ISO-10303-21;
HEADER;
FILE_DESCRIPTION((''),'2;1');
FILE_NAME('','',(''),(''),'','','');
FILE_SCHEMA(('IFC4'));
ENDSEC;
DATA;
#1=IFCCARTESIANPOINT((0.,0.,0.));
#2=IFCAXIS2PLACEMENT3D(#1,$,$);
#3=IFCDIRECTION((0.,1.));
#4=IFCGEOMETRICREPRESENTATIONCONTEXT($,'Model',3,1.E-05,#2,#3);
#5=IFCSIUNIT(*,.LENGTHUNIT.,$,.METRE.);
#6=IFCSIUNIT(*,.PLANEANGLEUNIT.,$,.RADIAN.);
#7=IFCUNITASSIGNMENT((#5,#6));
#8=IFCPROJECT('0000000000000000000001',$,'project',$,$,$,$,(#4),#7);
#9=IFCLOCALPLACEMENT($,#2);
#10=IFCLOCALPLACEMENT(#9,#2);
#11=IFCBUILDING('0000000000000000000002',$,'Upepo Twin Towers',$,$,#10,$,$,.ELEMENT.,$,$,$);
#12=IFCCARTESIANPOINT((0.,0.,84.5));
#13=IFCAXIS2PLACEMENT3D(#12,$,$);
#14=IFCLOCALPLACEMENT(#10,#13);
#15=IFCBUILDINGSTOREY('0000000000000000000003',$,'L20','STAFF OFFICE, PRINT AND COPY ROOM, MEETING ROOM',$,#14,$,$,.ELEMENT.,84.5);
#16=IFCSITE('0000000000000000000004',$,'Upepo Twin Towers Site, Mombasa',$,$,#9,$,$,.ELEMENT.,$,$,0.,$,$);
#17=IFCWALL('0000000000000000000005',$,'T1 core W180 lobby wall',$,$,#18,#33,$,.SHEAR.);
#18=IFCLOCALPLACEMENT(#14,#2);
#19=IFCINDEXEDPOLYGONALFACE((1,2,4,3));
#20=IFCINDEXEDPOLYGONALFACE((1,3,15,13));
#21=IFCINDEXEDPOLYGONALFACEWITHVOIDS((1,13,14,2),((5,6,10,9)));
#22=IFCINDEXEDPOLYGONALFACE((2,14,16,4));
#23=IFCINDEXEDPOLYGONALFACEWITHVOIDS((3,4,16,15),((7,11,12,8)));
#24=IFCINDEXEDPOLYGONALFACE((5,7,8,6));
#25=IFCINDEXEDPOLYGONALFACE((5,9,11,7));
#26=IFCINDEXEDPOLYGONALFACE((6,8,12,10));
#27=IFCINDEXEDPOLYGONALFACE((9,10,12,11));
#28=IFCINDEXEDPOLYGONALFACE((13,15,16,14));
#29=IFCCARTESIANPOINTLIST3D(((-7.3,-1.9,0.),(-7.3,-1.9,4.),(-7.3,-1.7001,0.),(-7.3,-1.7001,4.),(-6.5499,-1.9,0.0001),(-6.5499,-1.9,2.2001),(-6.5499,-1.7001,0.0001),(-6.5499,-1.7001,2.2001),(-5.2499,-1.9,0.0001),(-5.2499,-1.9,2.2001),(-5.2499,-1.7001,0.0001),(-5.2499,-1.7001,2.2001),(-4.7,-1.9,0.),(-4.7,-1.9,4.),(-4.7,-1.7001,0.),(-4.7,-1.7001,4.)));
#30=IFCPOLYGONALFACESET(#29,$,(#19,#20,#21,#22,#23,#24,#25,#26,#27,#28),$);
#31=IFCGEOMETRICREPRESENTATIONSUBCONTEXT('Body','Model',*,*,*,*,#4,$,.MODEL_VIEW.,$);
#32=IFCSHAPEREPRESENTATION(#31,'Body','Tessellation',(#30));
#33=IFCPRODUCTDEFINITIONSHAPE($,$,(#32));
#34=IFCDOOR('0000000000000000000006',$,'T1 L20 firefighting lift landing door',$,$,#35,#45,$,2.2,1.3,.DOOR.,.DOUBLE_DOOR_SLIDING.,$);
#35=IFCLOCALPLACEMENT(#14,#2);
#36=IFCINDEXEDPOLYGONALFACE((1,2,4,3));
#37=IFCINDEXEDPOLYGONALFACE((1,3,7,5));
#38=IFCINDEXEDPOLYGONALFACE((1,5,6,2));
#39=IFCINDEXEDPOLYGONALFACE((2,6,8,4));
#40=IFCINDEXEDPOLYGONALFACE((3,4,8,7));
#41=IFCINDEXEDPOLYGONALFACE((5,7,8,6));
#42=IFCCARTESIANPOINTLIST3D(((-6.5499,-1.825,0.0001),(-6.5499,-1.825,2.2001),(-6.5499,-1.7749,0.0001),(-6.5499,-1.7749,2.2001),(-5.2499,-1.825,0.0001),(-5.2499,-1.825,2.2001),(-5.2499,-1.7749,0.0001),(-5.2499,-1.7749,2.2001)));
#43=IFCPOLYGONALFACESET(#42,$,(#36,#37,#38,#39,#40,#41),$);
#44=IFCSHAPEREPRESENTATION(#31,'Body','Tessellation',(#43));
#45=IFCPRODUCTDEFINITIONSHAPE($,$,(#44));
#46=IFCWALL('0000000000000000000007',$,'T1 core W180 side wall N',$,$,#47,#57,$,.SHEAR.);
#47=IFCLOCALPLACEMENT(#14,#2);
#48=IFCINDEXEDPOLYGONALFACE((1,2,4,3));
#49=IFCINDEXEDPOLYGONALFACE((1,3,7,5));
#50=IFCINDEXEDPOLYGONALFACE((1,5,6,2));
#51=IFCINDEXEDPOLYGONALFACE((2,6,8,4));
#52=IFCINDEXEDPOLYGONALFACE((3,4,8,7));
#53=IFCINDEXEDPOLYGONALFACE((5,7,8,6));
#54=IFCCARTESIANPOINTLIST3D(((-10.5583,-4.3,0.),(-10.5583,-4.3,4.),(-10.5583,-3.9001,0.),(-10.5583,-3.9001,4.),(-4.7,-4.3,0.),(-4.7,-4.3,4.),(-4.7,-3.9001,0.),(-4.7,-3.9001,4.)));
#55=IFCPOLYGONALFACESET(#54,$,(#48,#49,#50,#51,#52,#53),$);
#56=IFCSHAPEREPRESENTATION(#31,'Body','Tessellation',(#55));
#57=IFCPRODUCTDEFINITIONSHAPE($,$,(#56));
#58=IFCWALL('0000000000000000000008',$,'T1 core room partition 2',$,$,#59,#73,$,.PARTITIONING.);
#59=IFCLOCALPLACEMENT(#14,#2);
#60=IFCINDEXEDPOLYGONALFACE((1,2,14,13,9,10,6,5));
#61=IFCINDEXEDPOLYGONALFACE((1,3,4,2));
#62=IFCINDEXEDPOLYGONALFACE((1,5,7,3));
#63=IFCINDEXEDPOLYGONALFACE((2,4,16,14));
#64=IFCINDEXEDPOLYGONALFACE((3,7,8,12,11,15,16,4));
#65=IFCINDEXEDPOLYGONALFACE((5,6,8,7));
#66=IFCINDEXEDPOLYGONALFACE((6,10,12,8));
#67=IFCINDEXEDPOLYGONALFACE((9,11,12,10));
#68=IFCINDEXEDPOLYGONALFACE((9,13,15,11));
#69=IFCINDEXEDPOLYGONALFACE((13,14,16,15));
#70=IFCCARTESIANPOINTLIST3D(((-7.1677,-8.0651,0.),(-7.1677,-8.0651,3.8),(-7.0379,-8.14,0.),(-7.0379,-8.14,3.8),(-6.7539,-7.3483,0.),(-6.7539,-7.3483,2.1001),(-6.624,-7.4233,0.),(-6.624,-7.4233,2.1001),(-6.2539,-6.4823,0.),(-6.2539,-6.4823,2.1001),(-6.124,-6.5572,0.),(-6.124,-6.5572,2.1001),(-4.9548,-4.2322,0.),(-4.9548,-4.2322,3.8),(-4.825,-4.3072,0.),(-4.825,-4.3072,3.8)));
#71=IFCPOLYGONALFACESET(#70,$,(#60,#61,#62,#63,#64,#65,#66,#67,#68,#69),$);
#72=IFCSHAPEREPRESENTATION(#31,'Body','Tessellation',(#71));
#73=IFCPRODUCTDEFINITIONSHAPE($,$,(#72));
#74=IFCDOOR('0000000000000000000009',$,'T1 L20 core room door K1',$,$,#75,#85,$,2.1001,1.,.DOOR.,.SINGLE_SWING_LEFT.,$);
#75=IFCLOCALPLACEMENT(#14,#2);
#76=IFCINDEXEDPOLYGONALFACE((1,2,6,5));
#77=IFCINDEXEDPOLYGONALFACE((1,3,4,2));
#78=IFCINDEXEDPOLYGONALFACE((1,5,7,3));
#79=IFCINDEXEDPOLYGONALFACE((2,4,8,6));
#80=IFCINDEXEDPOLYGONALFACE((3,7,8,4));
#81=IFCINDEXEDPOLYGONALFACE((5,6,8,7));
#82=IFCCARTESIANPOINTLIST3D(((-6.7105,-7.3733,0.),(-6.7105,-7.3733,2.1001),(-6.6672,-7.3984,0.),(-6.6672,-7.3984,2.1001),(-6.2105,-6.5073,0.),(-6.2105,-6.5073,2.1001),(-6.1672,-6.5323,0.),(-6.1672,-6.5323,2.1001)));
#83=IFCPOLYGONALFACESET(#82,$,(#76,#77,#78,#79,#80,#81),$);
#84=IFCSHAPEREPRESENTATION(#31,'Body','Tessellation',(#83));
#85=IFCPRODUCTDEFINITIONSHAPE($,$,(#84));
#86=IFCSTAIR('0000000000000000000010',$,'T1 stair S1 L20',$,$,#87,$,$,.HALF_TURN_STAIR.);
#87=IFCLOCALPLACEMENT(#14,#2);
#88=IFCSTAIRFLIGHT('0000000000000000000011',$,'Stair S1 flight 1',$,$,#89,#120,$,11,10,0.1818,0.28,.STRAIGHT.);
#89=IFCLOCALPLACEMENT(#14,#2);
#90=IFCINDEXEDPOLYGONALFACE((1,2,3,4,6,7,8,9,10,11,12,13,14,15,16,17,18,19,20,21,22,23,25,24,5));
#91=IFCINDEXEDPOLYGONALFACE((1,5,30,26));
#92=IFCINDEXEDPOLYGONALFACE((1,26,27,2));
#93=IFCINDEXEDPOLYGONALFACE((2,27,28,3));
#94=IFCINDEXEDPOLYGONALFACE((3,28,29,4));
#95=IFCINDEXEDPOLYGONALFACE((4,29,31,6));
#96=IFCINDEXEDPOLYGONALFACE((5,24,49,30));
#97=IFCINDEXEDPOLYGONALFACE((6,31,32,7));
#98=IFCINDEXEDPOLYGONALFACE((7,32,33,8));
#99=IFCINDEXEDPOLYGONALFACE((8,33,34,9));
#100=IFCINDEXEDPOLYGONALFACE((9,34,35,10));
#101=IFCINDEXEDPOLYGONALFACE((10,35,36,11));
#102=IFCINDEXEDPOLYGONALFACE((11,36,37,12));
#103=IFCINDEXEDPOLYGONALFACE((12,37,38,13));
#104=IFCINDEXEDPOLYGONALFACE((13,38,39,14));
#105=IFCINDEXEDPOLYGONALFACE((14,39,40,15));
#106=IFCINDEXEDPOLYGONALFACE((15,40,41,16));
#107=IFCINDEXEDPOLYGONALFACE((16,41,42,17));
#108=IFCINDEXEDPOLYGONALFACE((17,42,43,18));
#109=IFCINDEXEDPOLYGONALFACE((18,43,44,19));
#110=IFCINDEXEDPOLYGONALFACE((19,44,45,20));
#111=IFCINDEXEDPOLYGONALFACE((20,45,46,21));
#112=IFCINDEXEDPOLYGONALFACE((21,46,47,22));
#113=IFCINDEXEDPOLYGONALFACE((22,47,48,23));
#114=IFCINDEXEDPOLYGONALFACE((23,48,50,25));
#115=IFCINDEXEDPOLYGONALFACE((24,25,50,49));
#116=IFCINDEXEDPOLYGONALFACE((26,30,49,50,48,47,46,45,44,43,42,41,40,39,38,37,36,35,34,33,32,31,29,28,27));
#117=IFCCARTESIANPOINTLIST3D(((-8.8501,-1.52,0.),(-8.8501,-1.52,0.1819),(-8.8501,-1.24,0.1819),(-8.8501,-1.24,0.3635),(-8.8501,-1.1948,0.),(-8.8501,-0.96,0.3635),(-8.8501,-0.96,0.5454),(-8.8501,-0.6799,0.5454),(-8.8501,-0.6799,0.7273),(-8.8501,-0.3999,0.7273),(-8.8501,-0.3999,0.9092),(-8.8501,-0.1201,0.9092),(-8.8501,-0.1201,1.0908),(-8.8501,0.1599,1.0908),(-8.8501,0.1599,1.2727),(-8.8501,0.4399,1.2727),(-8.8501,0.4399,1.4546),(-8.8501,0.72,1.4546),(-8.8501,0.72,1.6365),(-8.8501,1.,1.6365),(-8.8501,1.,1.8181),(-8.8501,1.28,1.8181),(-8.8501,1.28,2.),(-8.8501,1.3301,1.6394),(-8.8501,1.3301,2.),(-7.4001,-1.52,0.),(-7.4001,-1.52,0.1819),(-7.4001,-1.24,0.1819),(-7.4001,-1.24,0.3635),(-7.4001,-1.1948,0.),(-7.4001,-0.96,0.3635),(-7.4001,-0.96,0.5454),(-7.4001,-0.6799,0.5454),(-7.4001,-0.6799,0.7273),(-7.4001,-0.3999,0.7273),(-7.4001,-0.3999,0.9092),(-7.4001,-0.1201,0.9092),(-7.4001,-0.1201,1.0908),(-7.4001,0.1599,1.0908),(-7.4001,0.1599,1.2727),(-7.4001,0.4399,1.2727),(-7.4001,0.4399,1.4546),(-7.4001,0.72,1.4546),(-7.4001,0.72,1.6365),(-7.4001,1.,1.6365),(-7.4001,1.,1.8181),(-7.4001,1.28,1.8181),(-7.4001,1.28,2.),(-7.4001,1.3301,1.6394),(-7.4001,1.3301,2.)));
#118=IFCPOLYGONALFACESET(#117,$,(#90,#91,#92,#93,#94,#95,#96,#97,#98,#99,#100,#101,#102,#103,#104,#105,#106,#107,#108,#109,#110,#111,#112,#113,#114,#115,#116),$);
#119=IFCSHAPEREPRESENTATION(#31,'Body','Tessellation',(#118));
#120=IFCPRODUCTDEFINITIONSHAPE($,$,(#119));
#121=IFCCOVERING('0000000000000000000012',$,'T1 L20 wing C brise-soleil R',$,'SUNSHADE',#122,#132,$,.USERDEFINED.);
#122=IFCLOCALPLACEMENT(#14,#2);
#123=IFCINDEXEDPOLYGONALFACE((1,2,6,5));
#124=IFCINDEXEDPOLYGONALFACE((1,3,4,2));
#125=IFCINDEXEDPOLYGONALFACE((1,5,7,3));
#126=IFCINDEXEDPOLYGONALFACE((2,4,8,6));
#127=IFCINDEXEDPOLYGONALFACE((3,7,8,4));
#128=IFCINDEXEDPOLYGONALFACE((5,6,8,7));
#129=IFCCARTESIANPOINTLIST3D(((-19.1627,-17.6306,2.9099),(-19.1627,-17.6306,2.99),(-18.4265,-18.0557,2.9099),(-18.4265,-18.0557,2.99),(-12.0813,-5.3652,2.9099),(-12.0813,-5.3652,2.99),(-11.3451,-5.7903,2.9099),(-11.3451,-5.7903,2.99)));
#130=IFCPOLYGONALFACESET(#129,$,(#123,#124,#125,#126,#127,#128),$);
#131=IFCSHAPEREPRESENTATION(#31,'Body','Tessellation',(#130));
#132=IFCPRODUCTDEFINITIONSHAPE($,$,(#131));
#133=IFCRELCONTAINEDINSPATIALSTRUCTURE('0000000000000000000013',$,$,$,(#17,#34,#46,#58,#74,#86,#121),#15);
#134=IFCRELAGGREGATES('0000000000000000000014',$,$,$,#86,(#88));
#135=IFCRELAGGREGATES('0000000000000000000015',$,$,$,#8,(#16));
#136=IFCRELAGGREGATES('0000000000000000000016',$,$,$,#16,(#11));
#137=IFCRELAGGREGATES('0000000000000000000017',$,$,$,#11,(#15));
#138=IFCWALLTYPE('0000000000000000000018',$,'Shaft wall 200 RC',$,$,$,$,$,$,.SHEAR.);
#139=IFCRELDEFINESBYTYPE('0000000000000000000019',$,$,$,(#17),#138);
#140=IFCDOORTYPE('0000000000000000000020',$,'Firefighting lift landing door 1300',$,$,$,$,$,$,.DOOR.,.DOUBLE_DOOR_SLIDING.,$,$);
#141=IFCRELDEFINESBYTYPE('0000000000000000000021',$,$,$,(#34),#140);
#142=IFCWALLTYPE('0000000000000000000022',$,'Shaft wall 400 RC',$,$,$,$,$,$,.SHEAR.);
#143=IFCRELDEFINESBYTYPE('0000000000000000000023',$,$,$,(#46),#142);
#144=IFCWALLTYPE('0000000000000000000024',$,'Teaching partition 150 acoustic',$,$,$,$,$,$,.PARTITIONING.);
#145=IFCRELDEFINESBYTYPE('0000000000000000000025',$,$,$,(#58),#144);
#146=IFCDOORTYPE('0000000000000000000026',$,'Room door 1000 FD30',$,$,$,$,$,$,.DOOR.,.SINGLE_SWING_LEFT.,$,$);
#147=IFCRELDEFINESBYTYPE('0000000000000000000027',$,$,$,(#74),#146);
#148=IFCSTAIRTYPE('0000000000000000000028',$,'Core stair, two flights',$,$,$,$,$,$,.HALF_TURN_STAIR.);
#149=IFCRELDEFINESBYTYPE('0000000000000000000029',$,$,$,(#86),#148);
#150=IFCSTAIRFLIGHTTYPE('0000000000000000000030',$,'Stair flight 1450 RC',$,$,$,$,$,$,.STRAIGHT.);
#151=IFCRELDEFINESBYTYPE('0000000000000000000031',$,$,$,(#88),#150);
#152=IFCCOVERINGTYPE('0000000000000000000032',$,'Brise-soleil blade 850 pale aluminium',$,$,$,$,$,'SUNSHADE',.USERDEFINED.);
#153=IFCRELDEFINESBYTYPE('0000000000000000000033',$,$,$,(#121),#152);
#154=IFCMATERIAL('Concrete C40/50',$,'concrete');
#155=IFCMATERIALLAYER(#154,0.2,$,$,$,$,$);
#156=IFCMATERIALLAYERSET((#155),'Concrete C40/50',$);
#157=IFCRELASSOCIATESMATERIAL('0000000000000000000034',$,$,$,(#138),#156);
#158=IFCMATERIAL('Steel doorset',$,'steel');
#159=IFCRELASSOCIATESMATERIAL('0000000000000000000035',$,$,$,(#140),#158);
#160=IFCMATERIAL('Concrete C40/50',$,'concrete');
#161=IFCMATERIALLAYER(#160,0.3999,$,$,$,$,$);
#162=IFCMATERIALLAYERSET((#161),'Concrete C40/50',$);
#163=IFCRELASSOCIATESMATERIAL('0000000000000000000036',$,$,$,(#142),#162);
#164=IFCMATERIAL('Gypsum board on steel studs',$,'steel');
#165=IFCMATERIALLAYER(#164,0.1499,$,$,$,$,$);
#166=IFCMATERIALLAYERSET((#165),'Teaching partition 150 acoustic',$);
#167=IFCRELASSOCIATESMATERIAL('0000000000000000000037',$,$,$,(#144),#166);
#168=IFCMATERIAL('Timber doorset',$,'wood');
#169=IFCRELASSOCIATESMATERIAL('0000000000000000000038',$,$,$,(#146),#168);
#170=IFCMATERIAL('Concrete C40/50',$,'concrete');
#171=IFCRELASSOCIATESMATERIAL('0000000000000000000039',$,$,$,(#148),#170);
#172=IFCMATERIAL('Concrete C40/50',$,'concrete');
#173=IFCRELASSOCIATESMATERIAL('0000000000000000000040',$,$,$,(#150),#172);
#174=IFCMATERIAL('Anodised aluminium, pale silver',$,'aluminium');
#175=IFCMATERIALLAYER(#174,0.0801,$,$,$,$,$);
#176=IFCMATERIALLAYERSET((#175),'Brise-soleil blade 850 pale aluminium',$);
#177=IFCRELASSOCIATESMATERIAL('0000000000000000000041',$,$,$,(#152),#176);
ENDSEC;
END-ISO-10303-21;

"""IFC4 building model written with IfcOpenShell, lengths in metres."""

from ifc_helpers import new_model, si_unit, direction, frame, frame_2d, origin, origin_2d, place, context, subcontext, project, spatial, polyline, rectangle, outline, extrude, material, layer, layer_set, type_object, element, fill, aggregate, save


model = new_model("IFC4")

# Units and contexts
model_context = context("Model", 3, precision=1e-05, world=origin(), true_north=direction((0.0, 1.0)))
body_context = subcontext(model_context, "Body", "Model", "MODEL_VIEW")
ifc_project = project(units=[si_unit("LENGTHUNIT", "METRE"), si_unit("PLANEANGLEUNIT", "RADIAN")], contexts=[model_context])

# Site, building, storey
site_placement = place(None, origin())
site = spatial("IfcSite", under=ifc_project, at=site_placement, Name="Upepo Twin Towers Site, Mombasa", CompositionType="ELEMENT", RefElevation=0.0)
building_placement = place(site_placement, origin())
building = spatial("IfcBuilding", under=site, at=building_placement, Name="Upepo Twin Towers", CompositionType="ELEMENT")
storey_placement = place(building_placement, frame((0.0, 0.0, 84.5)))
storey = spatial("IfcBuildingStorey", under=building, at=storey_placement, Name="L20", Description="STAFF OFFICE, PRINT AND COPY ROOM, MEETING ROOM", CompositionType="ELEMENT", Elevation=84.5)

# Wall, opening, door
ifc_material_1 = material(Name="Concrete C40/50", Category="concrete")
ifc_layer_1 = layer(ifc_material_1, 0.2)
ifc_layer_set_1 = layer_set([ifc_layer_1], Name="Concrete C40/50")
wall_type_1 = type_object("IfcWallType", Name="Shaft wall 200 RC", PredefinedType="SHEAR", material=ifc_layer_set_1)
wall_1_placement = place(storey_placement, frame((-4.7, -1.8, 0.0), z_axis=(0.0, 0.0, 1.0), x_axis=(-1.0, 0.0, 0.0)))
wall_1 = element("IfcWall", 1, at=wall_1_placement, inside=storey, type_object=wall_type_1, Name="T1 core W180 lobby wall", PredefinedType="SHEAR", context=body_context, shape_type="SweptSolid", body=[
    extrude(rectangle(XDim=2.6001, YDim=0.2, at=frame_2d((1.3, 0.0))), origin(), (0.0, 0.0, 1.0), 4.0),
])
opening_1_placement = place(wall_1_placement, frame((0.55, 0.0, 0.0)))
opening_1 = element("IfcOpeningElement", 2, at=opening_1_placement, cuts=wall_1, PredefinedType="OPENING", context=body_context, shape_type="SweptSolid", body=[
    extrude(rectangle(XDim=1.3, YDim=2.2, at=frame_2d((0.6499, 1.1001))), frame((0.0, 0.1099, 0.0), z_axis=(0.0, -1.0, 0.0), x_axis=(1.0, 0.0, 0.0)), (0.0, 0.0, 1.0), 0.22),
])
ifc_material_2 = material(Name="Steel doorset", Category="steel")
door_type_1 = type_object("IfcDoorType", Name="Firefighting lift landing door 1300", OperationType="DOUBLE_DOOR_SLIDING", PredefinedType="DOOR", material=ifc_material_2)
door_1_placement = place(opening_1_placement, origin())
door_1 = element("IfcDoor", 3, at=door_1_placement, inside=storey, type_object=door_type_1, Name="T1 L20 firefighting lift landing door", OperationType="DOUBLE_DOOR_SLIDING", OverallHeight=2.2, OverallWidth=1.3, PredefinedType="DOOR", context=body_context, shape_type="SweptSolid", body=[
    extrude(rectangle(XDim=1.3, YDim=2.2, at=frame_2d((0.6499, 1.1001))), frame((0.0, 0.0249, 0.0), z_axis=(0.0, -1.0, 0.0), x_axis=(1.0, 0.0, 0.0)), (0.0, 0.0, 1.0), 0.05),
])
fill(opening_1, door_1)

# Wall
ifc_material_3 = material(Name="Concrete C40/50", Category="concrete")
ifc_layer_2 = layer(ifc_material_3, 0.3999)
ifc_layer_set_2 = layer_set([ifc_layer_2], Name="Concrete C40/50")
wall_type_2 = type_object("IfcWallType", Name="Shaft wall 400 RC", PredefinedType="SHEAR", material=ifc_layer_set_2)
wall_2_placement = place(storey_placement, frame((-4.7, -4.1001, 0.0), z_axis=(0.0, 0.0, 1.0), x_axis=(-1.0, 0.0, 0.0)))
element("IfcWall", 4, at=wall_2_placement, inside=storey, type_object=wall_type_2, Name="T1 core W180 side wall N", PredefinedType="SHEAR", context=body_context, shape_type="SweptSolid", body=[
    extrude(rectangle(XDim=5.8584, YDim=0.3999, at=frame_2d((2.9292, 0.0))), origin(), (0.0, 0.0, 1.0), 4.0),
])

# Wall, opening, door
ifc_material_4 = material(Name="Gypsum board on steel studs", Category="steel")
ifc_layer_3 = layer(ifc_material_4, 0.1499)
ifc_layer_set_3 = layer_set([ifc_layer_3], Name="Teaching partition 150 acoustic")
wall_type_3 = type_object("IfcWallType", Name="Teaching partition 150 acoustic", PredefinedType="PARTITIONING", material=ifc_layer_set_3)
wall_3_placement = place(storey_placement, frame((-7.1028, -8.1025, 0.0), z_axis=(0.0, 0.0, 1.0), x_axis=(0.500007, 0.866021, 0.0)))
wall_3 = element("IfcWall", 5, at=wall_3_placement, inside=storey, type_object=wall_type_3, Name="T1 core room partition 2", PredefinedType="PARTITIONING", context=body_context, shape_type="SweptSolid", body=[
    extrude(rectangle(XDim=4.4258, YDim=0.1499, at=frame_2d((2.2129, 0.0))), origin(), (0.0, 0.0, 1.0), 3.8),
])
opening_2_placement = place(wall_3_placement, frame((0.8276, 0.0, 0.0)))
opening_2 = element("IfcOpeningElement", 6, at=opening_2_placement, cuts=wall_3, PredefinedType="OPENING", context=body_context, shape_type="SweptSolid", body=[
    extrude(rectangle(XDim=1.0, YDim=2.1001, at=frame_2d((0.5, 1.05))), frame((0.0, 0.085, 0.0), z_axis=(0.0, -1.0, 0.0), x_axis=(1.0, 0.0, 0.0)), (0.0, 0.0, 1.0), 0.1699),
])
ifc_material_5 = material(Name="Timber doorset", Category="wood")
door_type_2 = type_object("IfcDoorType", Name="Room door 1000 FD30", OperationType="SINGLE_SWING_LEFT", PredefinedType="DOOR", material=ifc_material_5)
door_2_placement = place(opening_2_placement, origin())
door_2 = element("IfcDoor", 7, at=door_2_placement, inside=storey, type_object=door_type_2, Name="T1 L20 core room door K1", OperationType="SINGLE_SWING_LEFT", OverallHeight=2.1001, OverallWidth=1.0, PredefinedType="DOOR", context=body_context, shape_type="SweptSolid", body=[
    extrude(rectangle(XDim=1.0, YDim=2.1001, at=frame_2d((0.5, 1.05))), frame((0.0, 0.0249, 0.0), z_axis=(0.0, -1.0, 0.0), x_axis=(1.0, 0.0, 0.0)), (0.0, 0.0, 1.0), 0.05),
])
fill(opening_2, door_2)

# Stair, stair flight
ifc_material_6 = material(Name="Concrete C40/50", Category="concrete")
stair_type = type_object("IfcStairType", Name="Core stair, two flights", PredefinedType="HALF_TURN_STAIR", material=ifc_material_6)
stair_placement = place(storey_placement, origin())
stair = element("IfcStair", 8, at=stair_placement, inside=storey, type_object=stair_type, Name="T1 stair S1 L20", PredefinedType="HALF_TURN_STAIR")
ifc_material_7 = material(Name="Concrete C40/50", Category="concrete")
stair_flight_type = type_object("IfcStairFlightType", Name="Stair flight 1450 RC", PredefinedType="STRAIGHT", material=ifc_material_7)
stair_flight_placement = place(storey_placement, frame((-8.125, -1.52, 0.0), z_axis=(0.0, 0.0, 1.0), x_axis=(0.0, 1.0, 0.0)))
stair_flight = element("IfcStairFlight", 9, at=stair_flight_placement, type_object=stair_flight_type, Name="Stair S1 flight 1", NumberOfRisers=11, NumberOfTreads=10, PredefinedType="STRAIGHT", RiserHeight=0.1818, TreadLength=0.28, context=body_context, shape_type="SweptSolid", body=[
    extrude(outline(polyline([(0.0, 0.0), (0.0, 0.1819), (0.28, 0.1819), (0.28, 0.3635), (0.5601, 0.3635), (0.5601, 0.5454), (0.8401, 0.5454), (0.8401, 0.7273), (1.1201, 0.7273), (1.1201, 0.9092), (1.3999, 0.9092), (1.3999, 1.0908), (1.6799, 1.0908), (1.6799, 1.2727), (1.96, 1.2727), (1.96, 1.4546), (2.24, 1.4546), (2.24, 1.6365), (2.52, 1.6365), (2.52, 1.8181), (2.8, 1.8181), (2.8, 2.0), (2.8501, 2.0), (2.8501, 1.6394), (0.3252, 0.0), (0.0, 0.0)])), frame((0.0, 0.7251, 0.0), z_axis=(0.0, -1.0, 0.0), x_axis=(1.0, 0.0, 0.0)), (0.0, 0.0, 1.0), 1.45),
])
aggregate(stair, [stair_flight])

# Covering
ifc_material_8 = material(Name="Anodised aluminium, pale silver", Category="aluminium")
ifc_layer_4 = layer(ifc_material_8, 0.0801)
ifc_layer_set_4 = layer_set([ifc_layer_4], Name="Brise-soleil blade 850 pale aluminium")
covering_type = type_object("IfcCoveringType", Name="Brise-soleil blade 850 pale aluminium", ElementType="SUNSHADE", PredefinedType="USERDEFINED", material=ifc_layer_set_4)
covering_placement = place(storey_placement, frame((-15.2539, -11.7104, 2.9099), z_axis=(0.0, 0.0, 1.0), x_axis=(-0.5, -0.866025, 0.0)))
element("IfcCovering", 10, at=covering_placement, inside=storey, type_object=covering_type, Name="T1 L20 wing C brise-soleil R", ObjectType="SUNSHADE", PredefinedType="USERDEFINED", context=body_context, shape_type="SweptSolid", body=[
    extrude(rectangle(XDim=14.1628, YDim=0.8501, at=origin_2d()), origin(), (0.0, 0.0, 1.0), 0.0801),
])

save(model, "model.ifc")
